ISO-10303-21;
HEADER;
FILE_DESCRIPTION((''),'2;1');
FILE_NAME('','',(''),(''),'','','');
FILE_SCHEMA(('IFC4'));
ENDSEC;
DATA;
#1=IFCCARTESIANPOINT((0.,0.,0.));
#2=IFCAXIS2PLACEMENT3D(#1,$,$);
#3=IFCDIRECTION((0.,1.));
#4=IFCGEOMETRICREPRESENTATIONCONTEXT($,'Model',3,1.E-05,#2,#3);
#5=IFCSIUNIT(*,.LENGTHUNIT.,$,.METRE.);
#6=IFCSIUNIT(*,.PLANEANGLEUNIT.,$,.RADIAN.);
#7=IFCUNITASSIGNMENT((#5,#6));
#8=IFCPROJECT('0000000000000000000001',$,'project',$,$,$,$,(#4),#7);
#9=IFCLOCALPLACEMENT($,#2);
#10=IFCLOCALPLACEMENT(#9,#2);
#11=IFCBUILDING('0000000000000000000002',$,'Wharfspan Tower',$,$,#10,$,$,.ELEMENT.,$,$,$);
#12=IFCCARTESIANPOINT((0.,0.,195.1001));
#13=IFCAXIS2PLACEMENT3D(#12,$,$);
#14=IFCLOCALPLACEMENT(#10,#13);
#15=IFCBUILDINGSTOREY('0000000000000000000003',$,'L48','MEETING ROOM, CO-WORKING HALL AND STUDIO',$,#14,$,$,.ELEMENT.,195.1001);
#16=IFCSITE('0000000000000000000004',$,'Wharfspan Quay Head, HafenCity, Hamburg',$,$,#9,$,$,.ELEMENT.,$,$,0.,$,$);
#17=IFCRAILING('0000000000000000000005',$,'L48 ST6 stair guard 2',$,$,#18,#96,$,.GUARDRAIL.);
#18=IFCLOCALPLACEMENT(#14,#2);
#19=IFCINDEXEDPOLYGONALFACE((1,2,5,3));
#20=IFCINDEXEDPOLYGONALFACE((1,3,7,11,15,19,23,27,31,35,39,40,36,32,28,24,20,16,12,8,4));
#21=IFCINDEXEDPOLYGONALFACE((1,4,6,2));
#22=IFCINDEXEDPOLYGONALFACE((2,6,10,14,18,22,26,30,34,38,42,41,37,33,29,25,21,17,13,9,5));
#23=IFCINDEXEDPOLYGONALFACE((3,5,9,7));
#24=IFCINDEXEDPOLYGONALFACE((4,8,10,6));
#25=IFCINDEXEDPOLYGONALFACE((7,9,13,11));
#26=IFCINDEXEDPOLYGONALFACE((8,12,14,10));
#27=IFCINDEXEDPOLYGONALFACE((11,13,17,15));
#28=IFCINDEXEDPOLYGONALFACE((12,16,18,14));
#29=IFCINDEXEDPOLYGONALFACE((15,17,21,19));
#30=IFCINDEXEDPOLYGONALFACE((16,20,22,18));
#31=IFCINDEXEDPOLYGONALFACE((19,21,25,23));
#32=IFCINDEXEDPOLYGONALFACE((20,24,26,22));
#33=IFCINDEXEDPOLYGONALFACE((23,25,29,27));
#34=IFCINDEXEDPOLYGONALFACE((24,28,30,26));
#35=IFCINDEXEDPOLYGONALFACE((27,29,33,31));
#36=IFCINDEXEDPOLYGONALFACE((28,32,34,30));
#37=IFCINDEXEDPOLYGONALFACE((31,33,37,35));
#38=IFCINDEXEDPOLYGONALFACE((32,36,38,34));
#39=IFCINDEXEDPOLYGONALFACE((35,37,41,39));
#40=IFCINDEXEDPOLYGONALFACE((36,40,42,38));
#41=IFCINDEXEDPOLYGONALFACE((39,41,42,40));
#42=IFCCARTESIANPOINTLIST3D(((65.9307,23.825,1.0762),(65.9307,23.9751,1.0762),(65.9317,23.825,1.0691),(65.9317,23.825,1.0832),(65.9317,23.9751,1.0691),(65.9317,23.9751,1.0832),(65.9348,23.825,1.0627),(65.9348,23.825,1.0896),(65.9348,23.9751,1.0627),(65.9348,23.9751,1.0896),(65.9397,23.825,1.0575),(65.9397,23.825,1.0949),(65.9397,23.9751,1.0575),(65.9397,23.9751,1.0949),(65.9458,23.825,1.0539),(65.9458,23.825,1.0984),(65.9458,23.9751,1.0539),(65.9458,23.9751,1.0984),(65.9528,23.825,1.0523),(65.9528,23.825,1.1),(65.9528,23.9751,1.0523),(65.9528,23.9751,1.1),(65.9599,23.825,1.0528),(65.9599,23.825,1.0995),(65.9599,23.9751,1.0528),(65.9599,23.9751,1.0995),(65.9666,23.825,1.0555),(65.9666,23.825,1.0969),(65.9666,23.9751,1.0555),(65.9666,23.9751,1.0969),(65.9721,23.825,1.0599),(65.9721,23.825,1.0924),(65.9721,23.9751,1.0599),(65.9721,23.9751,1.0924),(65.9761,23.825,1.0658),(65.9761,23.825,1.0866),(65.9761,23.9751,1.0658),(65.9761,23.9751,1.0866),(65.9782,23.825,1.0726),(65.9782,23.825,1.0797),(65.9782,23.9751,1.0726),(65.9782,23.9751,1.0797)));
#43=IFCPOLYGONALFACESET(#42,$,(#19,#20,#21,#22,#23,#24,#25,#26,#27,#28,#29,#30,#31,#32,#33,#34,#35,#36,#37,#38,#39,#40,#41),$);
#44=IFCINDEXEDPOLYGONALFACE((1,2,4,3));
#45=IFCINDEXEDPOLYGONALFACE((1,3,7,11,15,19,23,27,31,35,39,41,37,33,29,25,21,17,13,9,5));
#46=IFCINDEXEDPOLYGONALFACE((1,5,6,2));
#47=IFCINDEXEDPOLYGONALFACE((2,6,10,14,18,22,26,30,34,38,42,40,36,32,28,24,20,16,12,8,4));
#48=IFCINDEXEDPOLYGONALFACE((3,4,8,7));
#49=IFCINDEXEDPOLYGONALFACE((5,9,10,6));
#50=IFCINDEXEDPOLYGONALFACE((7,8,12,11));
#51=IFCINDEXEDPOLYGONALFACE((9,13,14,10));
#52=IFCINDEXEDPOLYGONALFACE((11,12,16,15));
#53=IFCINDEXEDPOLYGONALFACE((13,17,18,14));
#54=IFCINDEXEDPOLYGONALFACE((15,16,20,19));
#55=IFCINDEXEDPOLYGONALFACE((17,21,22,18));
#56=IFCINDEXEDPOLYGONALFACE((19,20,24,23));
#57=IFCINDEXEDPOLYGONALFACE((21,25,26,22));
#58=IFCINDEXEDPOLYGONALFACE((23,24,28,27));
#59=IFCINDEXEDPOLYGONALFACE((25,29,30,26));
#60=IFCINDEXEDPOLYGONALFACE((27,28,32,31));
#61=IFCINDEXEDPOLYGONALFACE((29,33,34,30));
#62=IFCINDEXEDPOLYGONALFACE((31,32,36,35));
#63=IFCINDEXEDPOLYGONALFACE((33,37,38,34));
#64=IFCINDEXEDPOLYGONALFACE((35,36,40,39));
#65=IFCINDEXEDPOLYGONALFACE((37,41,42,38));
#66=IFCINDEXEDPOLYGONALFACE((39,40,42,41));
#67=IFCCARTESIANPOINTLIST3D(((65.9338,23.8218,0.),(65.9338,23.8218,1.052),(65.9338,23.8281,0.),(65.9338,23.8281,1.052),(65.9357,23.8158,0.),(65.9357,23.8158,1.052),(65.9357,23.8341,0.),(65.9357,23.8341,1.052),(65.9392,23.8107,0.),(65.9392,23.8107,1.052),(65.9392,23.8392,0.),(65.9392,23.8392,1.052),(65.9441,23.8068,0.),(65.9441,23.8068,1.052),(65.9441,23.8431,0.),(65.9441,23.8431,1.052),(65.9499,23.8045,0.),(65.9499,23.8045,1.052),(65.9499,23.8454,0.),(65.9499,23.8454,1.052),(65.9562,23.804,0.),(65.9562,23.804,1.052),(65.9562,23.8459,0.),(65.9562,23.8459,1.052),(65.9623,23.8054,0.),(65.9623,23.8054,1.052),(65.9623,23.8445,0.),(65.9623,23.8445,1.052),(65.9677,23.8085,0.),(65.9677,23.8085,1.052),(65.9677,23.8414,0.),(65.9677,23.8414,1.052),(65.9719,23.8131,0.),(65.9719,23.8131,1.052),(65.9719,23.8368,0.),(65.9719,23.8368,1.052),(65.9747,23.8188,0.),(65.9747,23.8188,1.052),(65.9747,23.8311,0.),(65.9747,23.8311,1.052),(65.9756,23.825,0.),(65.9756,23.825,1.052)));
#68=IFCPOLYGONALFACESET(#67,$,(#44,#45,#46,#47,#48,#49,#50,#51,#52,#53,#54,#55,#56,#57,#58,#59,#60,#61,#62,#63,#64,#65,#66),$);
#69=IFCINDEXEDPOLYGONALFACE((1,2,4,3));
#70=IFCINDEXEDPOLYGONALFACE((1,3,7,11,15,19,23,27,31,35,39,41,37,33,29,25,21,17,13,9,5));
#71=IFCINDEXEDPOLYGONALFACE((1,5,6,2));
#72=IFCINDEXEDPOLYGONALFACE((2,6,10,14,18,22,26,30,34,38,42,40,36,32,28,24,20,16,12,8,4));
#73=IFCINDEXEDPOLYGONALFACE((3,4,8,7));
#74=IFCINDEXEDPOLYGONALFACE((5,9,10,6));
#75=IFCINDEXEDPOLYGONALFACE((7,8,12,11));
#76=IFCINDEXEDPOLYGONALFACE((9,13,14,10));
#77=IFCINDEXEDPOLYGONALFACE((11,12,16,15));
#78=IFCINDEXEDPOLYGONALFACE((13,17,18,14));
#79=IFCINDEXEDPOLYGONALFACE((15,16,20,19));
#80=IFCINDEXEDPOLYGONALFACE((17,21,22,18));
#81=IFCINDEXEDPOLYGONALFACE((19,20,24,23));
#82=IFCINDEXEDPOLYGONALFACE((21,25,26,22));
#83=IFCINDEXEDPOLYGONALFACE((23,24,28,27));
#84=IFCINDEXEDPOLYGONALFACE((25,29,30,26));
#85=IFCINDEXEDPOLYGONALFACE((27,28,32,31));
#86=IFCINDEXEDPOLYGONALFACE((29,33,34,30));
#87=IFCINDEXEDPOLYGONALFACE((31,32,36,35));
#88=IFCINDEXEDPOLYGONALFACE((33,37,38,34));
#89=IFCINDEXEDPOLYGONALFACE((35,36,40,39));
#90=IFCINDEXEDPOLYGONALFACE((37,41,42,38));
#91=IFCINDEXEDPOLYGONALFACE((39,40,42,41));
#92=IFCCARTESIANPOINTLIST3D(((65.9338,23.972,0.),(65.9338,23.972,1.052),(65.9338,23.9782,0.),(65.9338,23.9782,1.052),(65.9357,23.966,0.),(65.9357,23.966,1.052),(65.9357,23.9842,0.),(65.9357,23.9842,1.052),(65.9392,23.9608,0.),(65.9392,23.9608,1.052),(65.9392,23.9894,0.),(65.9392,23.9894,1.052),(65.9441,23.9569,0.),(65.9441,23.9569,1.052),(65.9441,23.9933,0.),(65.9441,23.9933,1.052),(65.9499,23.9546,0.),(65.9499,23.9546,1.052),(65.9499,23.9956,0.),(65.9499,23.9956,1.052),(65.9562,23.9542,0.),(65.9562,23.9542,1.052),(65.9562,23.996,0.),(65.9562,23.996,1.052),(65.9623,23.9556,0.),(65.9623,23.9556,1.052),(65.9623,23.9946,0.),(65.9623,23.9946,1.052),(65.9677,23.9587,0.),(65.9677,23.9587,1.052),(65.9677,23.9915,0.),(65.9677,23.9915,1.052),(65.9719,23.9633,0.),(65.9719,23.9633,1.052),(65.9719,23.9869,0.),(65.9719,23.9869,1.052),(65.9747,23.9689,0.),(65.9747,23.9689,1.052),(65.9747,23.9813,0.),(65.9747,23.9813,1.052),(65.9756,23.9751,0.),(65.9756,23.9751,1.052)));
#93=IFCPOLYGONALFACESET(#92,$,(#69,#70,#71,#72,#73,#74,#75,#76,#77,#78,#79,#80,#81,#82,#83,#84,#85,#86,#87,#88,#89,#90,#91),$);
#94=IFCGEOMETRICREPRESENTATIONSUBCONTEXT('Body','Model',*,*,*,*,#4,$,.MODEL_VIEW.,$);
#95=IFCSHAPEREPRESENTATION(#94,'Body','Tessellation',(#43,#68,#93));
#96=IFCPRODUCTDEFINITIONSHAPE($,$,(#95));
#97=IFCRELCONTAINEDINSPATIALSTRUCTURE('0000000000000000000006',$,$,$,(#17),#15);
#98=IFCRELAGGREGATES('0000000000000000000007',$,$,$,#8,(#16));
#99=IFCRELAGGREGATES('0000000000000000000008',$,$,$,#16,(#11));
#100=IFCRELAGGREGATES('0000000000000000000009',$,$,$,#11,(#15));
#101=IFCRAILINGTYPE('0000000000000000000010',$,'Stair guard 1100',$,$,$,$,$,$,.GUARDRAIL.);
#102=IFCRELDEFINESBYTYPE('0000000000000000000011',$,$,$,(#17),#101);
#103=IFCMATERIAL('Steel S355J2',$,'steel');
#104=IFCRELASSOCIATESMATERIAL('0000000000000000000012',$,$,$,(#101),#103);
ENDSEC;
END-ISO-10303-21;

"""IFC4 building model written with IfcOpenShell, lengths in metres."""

from ifc_helpers import new_model, si_unit, direction, frame, origin, origin_2d, place, context, subcontext, project, spatial, circle, extrude, material, type_object, element, save


model = new_model("IFC4")

# Units and contexts
model_context = context("Model", 3, precision=1e-05, world=origin(), true_north=direction((0.0, 1.0)))
body_context = subcontext(model_context, "Body", "Model", "MODEL_VIEW")
ifc_project = project(units=[si_unit("LENGTHUNIT", "METRE"), si_unit("PLANEANGLEUNIT", "RADIAN")], contexts=[model_context])

# Site, building, storey
site_placement = place(None, origin())
site = spatial("IfcSite", under=ifc_project, at=site_placement, Name="Wharfspan Quay Head, HafenCity, Hamburg", CompositionType="ELEMENT", RefElevation=0.0)
building_placement = place(site_placement, origin())
building = spatial("IfcBuilding", under=site, at=building_placement, Name="Wharfspan Tower", CompositionType="ELEMENT")
storey_placement = place(building_placement, frame((0.0, 0.0, 195.1001)))
storey = spatial("IfcBuildingStorey", under=building, at=storey_placement, Name="L48", Description="MEETING ROOM, CO-WORKING HALL AND STUDIO", CompositionType="ELEMENT", Elevation=195.1001)

# Railing
ifc_material_1 = material(Name="Steel S355J2", Category="steel")
railing_type_1 = type_object("IfcRailingType", Name="Stair guard 1100", PredefinedType="GUARDRAIL", material=ifc_material_1)
railing_1_placement = place(storey_placement, frame((65.9546, 23.825, 0.0)))
element("IfcRailing", 1, at=railing_1_placement, inside=storey, type_object=railing_type_1, Name="L48 ST6 stair guard 2", PredefinedType="GUARDRAIL", context=body_context, shape_type="SweptSolid", body=[
    extrude(circle(Radius=0.0239, at=origin_2d()), frame((0.0, 0.0, 1.0762), z_axis=(0.0, 1.0, 0.0), x_axis=(-1.0, 0.0, 0.0)), (0.0, 0.0, 1.0), 0.1501),
    extrude(circle(Radius=0.021, at=origin_2d()), origin(), (0.0, 0.0, 1.0), 1.052),
    extrude(circle(Radius=0.021, at=origin_2d()), frame((0.0, 0.1501, 0.0)), (0.0, 0.0, 1.0), 1.052),
])

save(model, "model.ifc")
